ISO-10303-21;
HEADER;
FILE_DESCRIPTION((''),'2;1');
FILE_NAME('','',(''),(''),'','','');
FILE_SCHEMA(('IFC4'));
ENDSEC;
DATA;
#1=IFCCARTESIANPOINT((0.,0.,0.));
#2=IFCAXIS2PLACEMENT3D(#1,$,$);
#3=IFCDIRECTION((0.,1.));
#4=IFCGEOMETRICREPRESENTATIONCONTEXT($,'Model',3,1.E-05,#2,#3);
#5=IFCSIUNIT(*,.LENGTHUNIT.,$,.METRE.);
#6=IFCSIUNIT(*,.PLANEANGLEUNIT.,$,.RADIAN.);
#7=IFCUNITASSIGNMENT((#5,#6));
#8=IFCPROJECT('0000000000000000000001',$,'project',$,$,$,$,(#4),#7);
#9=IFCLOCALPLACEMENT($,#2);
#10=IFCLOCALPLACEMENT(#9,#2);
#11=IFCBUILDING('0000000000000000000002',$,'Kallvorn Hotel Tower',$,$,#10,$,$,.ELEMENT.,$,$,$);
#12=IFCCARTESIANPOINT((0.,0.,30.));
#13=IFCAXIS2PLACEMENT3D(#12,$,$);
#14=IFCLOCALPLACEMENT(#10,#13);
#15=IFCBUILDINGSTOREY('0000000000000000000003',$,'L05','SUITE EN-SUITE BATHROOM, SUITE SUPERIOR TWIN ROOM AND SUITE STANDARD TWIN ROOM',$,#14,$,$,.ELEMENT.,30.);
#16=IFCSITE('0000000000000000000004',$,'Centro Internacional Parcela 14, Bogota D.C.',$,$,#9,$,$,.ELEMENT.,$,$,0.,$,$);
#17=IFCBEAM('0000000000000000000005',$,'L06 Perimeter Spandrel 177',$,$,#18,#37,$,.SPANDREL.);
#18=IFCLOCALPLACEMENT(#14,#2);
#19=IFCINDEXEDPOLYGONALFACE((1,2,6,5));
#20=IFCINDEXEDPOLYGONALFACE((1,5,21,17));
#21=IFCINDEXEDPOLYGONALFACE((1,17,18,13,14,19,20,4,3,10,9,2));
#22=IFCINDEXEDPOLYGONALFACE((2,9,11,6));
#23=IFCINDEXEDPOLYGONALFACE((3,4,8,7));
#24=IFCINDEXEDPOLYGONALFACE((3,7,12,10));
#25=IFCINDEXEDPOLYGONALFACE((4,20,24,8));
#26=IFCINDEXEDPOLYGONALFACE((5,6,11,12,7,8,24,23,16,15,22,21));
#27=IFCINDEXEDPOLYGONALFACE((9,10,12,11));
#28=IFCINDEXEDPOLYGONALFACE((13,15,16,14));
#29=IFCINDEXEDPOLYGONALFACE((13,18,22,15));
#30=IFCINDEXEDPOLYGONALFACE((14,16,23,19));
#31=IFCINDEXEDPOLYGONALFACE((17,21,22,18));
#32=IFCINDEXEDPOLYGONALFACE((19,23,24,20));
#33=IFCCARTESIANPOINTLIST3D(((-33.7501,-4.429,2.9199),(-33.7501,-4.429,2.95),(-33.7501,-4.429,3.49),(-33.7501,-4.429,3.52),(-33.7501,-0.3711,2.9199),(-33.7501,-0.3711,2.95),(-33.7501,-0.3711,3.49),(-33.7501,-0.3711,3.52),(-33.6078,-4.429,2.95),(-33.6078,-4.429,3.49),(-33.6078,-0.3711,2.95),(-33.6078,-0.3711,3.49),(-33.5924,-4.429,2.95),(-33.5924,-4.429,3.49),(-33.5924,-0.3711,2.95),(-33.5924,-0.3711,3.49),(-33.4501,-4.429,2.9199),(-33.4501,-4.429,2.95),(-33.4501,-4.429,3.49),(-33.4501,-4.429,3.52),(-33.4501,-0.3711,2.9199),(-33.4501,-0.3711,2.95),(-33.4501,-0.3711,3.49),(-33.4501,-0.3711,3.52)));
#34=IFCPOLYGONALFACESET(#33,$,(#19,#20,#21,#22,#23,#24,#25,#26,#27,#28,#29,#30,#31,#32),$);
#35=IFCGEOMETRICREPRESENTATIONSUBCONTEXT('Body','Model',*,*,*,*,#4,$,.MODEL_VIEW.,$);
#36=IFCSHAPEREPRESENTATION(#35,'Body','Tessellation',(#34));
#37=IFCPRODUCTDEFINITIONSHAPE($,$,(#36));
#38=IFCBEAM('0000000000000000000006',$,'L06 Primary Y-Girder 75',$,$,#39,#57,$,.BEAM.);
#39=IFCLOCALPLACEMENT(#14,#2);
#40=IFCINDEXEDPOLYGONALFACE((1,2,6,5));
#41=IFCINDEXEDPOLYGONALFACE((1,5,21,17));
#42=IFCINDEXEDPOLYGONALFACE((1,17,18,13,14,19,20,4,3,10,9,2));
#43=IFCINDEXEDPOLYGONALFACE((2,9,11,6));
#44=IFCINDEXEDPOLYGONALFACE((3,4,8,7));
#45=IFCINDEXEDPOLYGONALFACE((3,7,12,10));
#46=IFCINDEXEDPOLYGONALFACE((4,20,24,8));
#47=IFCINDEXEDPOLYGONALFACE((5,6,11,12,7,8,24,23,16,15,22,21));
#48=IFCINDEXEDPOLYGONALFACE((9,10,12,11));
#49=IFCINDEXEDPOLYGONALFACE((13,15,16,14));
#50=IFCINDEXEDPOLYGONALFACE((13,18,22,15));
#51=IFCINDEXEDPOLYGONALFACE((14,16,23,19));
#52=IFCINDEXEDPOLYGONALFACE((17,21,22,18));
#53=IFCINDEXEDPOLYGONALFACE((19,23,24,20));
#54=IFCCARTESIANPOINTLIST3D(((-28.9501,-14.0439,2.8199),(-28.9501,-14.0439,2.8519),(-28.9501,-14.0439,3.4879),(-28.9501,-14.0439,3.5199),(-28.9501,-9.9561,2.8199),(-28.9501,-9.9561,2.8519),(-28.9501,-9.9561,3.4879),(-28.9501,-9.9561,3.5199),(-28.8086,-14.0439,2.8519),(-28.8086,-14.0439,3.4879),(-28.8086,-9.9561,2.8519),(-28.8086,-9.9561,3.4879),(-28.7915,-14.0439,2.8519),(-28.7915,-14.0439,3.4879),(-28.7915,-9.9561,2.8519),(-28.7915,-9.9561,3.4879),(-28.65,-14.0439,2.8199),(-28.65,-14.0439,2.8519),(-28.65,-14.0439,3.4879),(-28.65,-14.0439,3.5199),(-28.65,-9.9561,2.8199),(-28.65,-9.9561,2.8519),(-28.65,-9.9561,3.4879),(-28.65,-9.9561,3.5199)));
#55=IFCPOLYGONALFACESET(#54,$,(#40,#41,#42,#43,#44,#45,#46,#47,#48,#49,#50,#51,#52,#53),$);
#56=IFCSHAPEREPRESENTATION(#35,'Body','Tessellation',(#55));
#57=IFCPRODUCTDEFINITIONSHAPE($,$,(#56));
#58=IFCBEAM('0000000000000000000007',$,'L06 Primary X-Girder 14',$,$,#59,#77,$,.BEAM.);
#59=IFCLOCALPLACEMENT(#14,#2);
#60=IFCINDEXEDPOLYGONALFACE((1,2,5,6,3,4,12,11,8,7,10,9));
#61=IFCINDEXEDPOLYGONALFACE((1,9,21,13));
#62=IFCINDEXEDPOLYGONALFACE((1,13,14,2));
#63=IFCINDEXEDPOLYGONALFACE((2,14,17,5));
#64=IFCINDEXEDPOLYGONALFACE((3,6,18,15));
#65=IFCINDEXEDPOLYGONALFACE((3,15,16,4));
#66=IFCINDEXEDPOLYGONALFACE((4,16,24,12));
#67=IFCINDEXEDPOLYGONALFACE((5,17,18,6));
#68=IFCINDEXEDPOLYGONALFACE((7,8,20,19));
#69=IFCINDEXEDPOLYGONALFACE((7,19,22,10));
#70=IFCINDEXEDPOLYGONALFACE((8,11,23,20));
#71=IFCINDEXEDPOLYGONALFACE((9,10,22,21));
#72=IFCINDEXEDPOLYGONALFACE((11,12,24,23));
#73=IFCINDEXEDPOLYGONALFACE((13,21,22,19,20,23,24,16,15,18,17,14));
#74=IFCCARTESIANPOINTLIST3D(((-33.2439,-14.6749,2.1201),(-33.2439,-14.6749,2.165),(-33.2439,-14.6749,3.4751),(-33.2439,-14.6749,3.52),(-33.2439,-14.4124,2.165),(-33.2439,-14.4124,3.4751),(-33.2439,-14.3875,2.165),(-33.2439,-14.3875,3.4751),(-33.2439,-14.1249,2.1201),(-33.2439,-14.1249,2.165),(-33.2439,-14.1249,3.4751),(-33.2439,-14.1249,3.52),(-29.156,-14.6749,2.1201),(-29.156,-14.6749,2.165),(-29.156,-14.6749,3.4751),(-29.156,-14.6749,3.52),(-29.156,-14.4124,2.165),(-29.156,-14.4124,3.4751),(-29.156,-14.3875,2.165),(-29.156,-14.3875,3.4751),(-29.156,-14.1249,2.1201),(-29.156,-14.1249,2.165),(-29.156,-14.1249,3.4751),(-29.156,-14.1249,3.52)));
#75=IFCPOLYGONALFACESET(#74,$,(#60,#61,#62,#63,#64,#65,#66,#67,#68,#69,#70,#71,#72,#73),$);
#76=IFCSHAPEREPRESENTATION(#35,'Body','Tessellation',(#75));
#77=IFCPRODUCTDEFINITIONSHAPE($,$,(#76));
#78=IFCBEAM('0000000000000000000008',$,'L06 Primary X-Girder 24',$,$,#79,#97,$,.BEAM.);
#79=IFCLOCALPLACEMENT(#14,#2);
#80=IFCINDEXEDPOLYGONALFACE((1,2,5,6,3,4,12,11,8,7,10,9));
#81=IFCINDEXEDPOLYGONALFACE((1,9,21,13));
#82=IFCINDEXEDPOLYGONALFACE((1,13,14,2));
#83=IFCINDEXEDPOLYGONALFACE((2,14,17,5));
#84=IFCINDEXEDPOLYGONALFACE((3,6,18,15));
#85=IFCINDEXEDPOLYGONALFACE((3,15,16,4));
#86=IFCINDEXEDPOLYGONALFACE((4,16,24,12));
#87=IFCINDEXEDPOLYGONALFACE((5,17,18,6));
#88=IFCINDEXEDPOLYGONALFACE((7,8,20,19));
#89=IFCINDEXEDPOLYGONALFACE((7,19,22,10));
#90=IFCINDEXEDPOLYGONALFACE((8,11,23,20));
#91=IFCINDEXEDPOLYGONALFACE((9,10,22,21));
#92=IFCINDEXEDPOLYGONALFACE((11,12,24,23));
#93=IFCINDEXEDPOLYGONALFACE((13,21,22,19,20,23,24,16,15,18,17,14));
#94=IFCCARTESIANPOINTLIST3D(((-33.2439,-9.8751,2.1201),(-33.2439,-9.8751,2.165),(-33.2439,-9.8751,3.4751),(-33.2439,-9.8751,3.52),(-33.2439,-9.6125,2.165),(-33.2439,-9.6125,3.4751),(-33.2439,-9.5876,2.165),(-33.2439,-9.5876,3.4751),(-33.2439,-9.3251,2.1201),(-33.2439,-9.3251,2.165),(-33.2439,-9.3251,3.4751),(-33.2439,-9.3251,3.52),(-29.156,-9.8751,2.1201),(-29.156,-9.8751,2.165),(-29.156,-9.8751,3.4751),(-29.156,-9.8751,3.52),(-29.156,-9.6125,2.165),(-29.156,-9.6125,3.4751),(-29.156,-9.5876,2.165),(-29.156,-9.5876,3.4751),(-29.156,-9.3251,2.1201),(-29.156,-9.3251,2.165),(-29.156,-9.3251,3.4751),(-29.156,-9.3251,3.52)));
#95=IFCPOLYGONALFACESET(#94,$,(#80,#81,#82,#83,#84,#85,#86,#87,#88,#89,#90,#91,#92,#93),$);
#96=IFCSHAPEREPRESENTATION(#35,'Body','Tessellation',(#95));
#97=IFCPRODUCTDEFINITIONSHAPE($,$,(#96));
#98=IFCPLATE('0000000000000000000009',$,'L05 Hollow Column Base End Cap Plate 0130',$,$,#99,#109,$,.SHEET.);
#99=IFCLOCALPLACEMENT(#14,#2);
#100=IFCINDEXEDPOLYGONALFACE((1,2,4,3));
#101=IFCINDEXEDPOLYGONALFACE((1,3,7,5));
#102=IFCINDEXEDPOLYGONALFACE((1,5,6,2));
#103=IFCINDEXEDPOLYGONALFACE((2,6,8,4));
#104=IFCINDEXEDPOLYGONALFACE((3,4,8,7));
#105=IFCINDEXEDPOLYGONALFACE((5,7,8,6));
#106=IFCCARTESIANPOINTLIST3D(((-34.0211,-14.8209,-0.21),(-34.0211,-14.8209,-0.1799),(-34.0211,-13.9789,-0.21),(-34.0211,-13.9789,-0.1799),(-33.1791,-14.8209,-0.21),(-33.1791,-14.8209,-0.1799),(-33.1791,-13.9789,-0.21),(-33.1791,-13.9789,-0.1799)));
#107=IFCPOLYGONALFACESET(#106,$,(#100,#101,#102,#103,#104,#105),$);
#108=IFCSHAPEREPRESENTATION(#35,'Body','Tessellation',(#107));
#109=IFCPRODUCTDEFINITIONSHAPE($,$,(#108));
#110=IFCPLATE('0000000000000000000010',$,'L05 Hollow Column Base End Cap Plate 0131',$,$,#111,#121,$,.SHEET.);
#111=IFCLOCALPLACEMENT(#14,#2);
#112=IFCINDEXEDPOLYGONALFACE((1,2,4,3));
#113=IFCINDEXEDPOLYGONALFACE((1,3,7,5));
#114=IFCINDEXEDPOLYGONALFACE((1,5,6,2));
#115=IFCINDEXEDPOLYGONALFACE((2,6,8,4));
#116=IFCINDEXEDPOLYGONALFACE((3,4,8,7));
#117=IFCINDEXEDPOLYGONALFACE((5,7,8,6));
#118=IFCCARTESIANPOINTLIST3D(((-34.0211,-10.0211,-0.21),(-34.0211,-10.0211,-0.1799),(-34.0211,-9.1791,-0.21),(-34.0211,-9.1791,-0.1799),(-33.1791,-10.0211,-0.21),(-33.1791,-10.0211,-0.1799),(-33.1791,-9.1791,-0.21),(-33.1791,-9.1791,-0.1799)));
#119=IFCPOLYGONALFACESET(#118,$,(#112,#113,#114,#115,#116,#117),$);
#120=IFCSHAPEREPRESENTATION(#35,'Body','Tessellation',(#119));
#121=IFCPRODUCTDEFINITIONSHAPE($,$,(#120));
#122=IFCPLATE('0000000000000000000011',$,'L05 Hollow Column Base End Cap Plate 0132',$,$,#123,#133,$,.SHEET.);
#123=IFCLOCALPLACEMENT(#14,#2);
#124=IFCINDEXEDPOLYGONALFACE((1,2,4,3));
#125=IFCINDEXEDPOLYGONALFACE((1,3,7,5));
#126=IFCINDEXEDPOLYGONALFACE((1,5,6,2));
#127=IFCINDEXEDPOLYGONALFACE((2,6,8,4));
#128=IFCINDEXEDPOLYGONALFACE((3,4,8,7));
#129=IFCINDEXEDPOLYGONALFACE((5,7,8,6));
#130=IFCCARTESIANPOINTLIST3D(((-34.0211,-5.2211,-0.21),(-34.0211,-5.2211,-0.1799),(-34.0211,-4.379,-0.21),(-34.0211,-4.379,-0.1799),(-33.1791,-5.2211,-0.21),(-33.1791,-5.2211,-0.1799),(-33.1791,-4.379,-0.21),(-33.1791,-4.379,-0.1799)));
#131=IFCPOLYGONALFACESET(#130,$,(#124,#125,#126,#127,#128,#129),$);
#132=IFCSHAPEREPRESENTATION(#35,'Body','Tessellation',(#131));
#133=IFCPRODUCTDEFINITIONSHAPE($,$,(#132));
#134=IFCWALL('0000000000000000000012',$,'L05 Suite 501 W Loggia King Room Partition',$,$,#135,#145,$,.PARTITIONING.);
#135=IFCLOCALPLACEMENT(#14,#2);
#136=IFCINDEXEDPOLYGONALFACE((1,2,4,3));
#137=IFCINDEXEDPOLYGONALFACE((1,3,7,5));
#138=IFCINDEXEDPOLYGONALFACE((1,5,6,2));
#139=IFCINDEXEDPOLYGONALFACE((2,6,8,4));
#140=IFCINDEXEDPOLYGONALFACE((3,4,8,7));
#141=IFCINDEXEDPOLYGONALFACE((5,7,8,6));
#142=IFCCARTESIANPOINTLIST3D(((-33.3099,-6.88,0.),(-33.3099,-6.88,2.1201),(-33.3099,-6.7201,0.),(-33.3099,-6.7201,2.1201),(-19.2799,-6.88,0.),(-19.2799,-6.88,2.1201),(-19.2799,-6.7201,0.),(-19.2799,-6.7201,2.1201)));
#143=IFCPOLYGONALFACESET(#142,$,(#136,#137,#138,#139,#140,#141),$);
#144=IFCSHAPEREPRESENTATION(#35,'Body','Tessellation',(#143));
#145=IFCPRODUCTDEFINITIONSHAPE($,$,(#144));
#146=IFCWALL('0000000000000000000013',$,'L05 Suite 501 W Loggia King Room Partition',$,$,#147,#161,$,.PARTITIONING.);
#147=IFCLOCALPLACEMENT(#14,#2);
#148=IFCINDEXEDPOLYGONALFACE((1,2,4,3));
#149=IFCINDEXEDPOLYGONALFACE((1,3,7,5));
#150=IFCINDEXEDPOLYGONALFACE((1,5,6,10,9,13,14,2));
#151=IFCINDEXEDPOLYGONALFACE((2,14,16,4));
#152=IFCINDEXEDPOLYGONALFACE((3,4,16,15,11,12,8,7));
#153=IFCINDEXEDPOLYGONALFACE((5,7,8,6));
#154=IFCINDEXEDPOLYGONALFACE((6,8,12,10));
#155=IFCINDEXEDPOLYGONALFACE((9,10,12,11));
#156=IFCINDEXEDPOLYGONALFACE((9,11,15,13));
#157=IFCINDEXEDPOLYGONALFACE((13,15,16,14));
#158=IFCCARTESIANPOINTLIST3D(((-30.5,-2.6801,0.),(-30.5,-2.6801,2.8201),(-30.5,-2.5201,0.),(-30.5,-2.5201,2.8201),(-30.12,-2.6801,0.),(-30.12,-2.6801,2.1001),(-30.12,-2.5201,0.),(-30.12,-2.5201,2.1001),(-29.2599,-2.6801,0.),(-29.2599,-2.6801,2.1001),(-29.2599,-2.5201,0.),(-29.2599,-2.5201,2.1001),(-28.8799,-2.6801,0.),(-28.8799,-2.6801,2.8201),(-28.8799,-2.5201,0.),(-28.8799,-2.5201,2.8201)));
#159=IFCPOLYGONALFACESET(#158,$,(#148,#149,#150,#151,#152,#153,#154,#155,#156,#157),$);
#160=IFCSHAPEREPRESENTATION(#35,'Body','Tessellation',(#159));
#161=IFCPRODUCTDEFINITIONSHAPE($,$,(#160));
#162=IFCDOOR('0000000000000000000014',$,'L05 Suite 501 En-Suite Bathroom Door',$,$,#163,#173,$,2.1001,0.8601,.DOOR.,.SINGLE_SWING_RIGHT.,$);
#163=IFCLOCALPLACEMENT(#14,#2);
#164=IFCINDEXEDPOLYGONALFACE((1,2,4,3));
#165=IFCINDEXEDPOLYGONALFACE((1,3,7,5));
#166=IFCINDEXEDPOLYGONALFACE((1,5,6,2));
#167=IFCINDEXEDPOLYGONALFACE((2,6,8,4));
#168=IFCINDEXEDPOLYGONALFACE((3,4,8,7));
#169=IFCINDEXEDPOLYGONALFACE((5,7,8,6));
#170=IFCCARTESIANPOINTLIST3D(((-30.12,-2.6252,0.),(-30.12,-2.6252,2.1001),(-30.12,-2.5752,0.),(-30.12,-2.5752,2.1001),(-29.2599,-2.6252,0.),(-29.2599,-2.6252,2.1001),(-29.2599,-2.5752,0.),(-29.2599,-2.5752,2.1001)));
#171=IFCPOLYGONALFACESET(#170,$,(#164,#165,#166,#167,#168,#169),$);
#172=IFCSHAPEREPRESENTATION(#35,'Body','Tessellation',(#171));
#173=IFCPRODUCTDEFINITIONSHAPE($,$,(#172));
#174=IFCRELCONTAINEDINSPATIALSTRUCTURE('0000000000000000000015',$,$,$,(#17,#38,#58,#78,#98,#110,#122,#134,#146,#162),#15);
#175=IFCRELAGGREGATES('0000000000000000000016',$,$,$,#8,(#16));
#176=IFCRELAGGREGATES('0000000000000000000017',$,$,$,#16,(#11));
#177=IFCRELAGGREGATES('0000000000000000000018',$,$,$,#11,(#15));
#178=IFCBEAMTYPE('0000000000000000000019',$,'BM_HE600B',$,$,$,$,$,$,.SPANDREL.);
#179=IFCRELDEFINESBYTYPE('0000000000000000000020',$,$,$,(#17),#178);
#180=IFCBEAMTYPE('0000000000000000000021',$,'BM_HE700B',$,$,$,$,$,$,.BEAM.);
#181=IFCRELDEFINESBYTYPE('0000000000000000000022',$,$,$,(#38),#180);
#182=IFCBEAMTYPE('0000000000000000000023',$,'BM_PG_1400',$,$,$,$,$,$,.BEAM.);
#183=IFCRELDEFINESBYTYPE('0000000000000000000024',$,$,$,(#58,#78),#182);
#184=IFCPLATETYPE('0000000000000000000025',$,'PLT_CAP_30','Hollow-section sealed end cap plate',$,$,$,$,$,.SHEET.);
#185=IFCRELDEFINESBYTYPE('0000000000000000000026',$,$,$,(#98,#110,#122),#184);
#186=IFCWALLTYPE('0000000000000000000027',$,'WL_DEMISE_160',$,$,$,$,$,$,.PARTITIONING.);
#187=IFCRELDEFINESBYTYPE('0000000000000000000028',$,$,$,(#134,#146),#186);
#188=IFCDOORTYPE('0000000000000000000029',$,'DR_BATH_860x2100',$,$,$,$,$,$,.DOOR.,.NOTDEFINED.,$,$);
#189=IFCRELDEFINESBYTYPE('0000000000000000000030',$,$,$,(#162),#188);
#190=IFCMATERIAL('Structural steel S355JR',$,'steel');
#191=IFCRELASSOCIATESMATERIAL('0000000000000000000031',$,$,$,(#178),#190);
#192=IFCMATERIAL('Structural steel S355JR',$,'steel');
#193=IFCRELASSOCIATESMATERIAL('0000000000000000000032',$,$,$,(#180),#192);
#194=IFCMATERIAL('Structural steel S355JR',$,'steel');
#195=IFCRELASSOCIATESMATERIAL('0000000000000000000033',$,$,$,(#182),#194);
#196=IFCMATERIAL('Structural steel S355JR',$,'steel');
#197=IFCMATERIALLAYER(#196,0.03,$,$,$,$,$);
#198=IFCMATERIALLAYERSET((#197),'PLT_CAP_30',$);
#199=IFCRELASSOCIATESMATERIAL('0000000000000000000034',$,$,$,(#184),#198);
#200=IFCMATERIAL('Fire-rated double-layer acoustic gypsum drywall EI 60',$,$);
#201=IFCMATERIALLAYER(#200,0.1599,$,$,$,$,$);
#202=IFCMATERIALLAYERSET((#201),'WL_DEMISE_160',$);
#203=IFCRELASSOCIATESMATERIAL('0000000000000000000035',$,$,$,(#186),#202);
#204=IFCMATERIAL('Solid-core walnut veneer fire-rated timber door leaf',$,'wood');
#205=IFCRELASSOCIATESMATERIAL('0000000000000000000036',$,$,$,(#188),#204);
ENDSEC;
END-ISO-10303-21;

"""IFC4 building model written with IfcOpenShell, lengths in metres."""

from ifc_helpers import new_model, si_unit, direction, frame, frame_2d, origin, origin_2d, place, context, subcontext, project, spatial, rectangle, i_section, extrude, material, layer, layer_set, material_profile, profile_set, type_object, element, fill, save


model = new_model("IFC4")

# Units and contexts
model_context = context("Model", 3, precision=1e-05, world=origin(), true_north=direction((0.0, 1.0)))
body_context = subcontext(model_context, "Body", "Model", "MODEL_VIEW")
ifc_project = project(units=[si_unit("LENGTHUNIT", "METRE"), si_unit("PLANEANGLEUNIT", "RADIAN")], contexts=[model_context])

# Site, building, storey
site_placement = place(None, origin())
site = spatial("IfcSite", under=ifc_project, at=site_placement, Name="Centro Internacional Parcela 14, Bogota D.C.", CompositionType="ELEMENT", RefElevation=0.0)
building_placement = place(site_placement, origin())
building = spatial("IfcBuilding", under=site, at=building_placement, Name="Kallvorn Hotel Tower", CompositionType="ELEMENT")
storey_placement = place(building_placement, frame((0.0, 0.0, 30.0)))
storey = spatial("IfcBuildingStorey", under=building, at=storey_placement, Name="L05", Description="SUITE EN-SUITE BATHROOM, SUITE SUPERIOR TWIN ROOM AND SUITE STANDARD TWIN ROOM", CompositionType="ELEMENT", Elevation=30.0)

# Beams
ifc_material_1 = material(Name="Structural steel S355JR", Category="steel")
ifc_material_profile_1 = material_profile(ifc_material_1, i_section(OverallWidth=0.3, OverallDepth=0.6001, WebThickness=0.0154, FlangeThickness=0.03, at=origin_2d()), Name="HE 600 B")
ifc_profile_set_1 = profile_set([ifc_material_profile_1], Name="Structural steel S355JR")
beam_type_1 = type_object("IfcBeamType", Name="BM_HE600B", PredefinedType="SPANDREL", material=ifc_profile_set_1)
beam_1_placement = place(storey_placement, frame((-33.6001, -4.429, 3.22), z_axis=(0.0, 1.0, 0.0), x_axis=(-1.0, 0.0, 0.0)))
element("IfcBeam", 1, at=beam_1_placement, inside=storey, type_object=beam_type_1, Name="L06 Perimeter Spandrel 177", PredefinedType="SPANDREL", context=body_context, shape_type="SweptSolid", body=[
    extrude(i_section(OverallWidth=0.3, OverallDepth=0.6001, WebThickness=0.0154, FlangeThickness=0.03, at=origin_2d()), origin(), (0.0, 0.0, 1.0), 4.0579),
])
ifc_material_2 = material(Name="Structural steel S355JR", Category="steel")
ifc_material_profile_2 = material_profile(ifc_material_2, i_section(OverallWidth=0.3, OverallDepth=0.7, WebThickness=0.0171, FlangeThickness=0.032, at=origin_2d()), Name="HE 700 B")
ifc_profile_set_2 = profile_set([ifc_material_profile_2], Name="Structural steel S355JR")
beam_type_2 = type_object("IfcBeamType", Name="BM_HE700B", PredefinedType="BEAM", material=ifc_profile_set_2)
beam_2_placement = place(storey_placement, frame((-28.8, -14.0439, 3.1699), z_axis=(0.0, 1.0, 0.0), x_axis=(-1.0, 0.0, 0.0)))
element("IfcBeam", 2, at=beam_2_placement, inside=storey, type_object=beam_type_2, Name="L06 Primary Y-Girder 75", PredefinedType="BEAM", context=body_context, shape_type="SweptSolid", body=[
    extrude(i_section(OverallWidth=0.3, OverallDepth=0.7, WebThickness=0.0171, FlangeThickness=0.032, at=origin_2d()), origin(), (0.0, 0.0, 1.0), 4.0879),
])
ifc_material_3 = material(Name="Structural steel S355JR", Category="steel")
ifc_material_profile_3 = material_profile(ifc_material_3, i_section(OverallWidth=0.55, OverallDepth=1.3999, WebThickness=0.0249, FlangeThickness=0.0449, at=origin_2d()), Name="PG 1400x550x25x45")
ifc_profile_set_3 = profile_set([ifc_material_profile_3], Name="Structural steel S355JR")
beam_type_3 = type_object("IfcBeamType", Name="BM_PG_1400", PredefinedType="BEAM", material=ifc_profile_set_3)
for number, where, z_axis, x_axis, name in (
    (3, (-33.2439, -14.3999, 2.8201), (1.0, 0.0, 0.0), (0.0, 1.0, 0.0), "L06 Primary X-Girder 14"),
    (4, (-33.2439, -9.6001, 2.8201), (1.0, 0.0, 0.0), (0.0, 1.0, 0.0), "L06 Primary X-Girder 24"),
):
    element("IfcBeam", number, at=place(storey_placement, frame(where, z_axis=z_axis, x_axis=x_axis)), inside=storey, type_object=beam_type_3, Name=name, PredefinedType="BEAM", context=body_context, shape_type="SweptSolid", body=[
        extrude(i_section(OverallWidth=0.55, OverallDepth=1.3999, WebThickness=0.0249, FlangeThickness=0.0449, at=origin_2d()), origin(), (0.0, 0.0, 1.0), 4.0879),
    ])

# Plates
ifc_material_4 = material(Name="Structural steel S355JR", Category="steel")
ifc_layer_1 = layer(ifc_material_4, 0.03)
ifc_layer_set_1 = layer_set([ifc_layer_1], Name="PLT_CAP_30")
plate_type = type_object("IfcPlateType", Name="PLT_CAP_30", Description="Hollow-section sealed end cap plate", PredefinedType="SHEET", material=ifc_layer_set_1)
for number, where, z_axis, x_axis, name in (
    (5, (-33.6001, -14.3999, -0.21), (0.0, 0.0, 1.0), (1.0, 0.0, 0.0), "L05 Hollow Column Base End Cap Plate 0130"),
    (6, (-33.6001, -9.6001, -0.21), (0.0, 0.0, 1.0), (1.0, 0.0, 0.0), "L05 Hollow Column Base End Cap Plate 0131"),
    (7, (-33.6001, -4.8, -0.21), (0.0, 0.0, 1.0), (1.0, 0.0, 0.0), "L05 Hollow Column Base End Cap Plate 0132"),
):
    element("IfcPlate", number, at=place(storey_placement, frame(where, z_axis=z_axis, x_axis=x_axis)), inside=storey, type_object=plate_type, Name=name, PredefinedType="SHEET", context=body_context, shape_type="SweptSolid", body=[
        extrude(rectangle(XDim=0.842, YDim=0.842, at=origin_2d()), origin(), (0.0, 0.0, 1.0), 0.03),
    ])

# Shared definitions
ifc_material_5 = material(Name="Fire-rated double-layer acoustic gypsum drywall EI 60")
ifc_layer_2 = layer(ifc_material_5, 0.1599)
ifc_layer_set_2 = layer_set([ifc_layer_2], Name="WL_DEMISE_160")
wall_type = type_object("IfcWallType", Name="WL_DEMISE_160", PredefinedType="PARTITIONING", material=ifc_layer_set_2)

# Wall
wall_1_placement = place(storey_placement, frame((-33.3101, -6.8, 0.0), z_axis=(0.0, 0.0, 1.0), x_axis=(1.0, 0.0, 0.0)))
element("IfcWall", 8, at=wall_1_placement, inside=storey, type_object=wall_type, Name="L05 Suite 501 W Loggia King Room Partition", PredefinedType="PARTITIONING", context=body_context, shape_type="SweptSolid", body=[
    extrude(rectangle(XDim=14.03, YDim=0.1599, at=frame_2d((7.0151, 0.0))), origin(), (0.0, 0.0, 1.0), 2.1201),
])

# Wall, opening, door
wall_2_placement = place(storey_placement, frame((-30.5, -2.6001, 0.0), z_axis=(0.0, 0.0, 1.0), x_axis=(1.0, 0.0, 0.0)))
wall_2 = element("IfcWall", 9, at=wall_2_placement, inside=storey, type_object=wall_type, Name="L05 Suite 501 W Loggia King Room Partition", PredefinedType="PARTITIONING", context=body_context, shape_type="SweptSolid", body=[
    extrude(rectangle(XDim=1.6201, YDim=0.1599, at=frame_2d((0.8101, 0.0))), origin(), (0.0, 0.0, 1.0), 2.8201),
])
opening_1_placement = place(wall_2_placement, frame((0.3799, 0.0, 0.0)))
opening_1 = element("IfcOpeningElement", 10, at=opening_1_placement, cuts=wall_2, PredefinedType="OPENING", context=body_context, shape_type="SweptSolid", body=[
    extrude(rectangle(XDim=0.8601, YDim=2.1001, at=frame_2d((0.4302, 1.05))), frame((0.0, 0.095, 0.0), z_axis=(0.0, -1.0, 0.0), x_axis=(1.0, 0.0, 0.0)), (0.0, 0.0, 1.0), 0.1899),
])
ifc_material_6 = material(Name="Solid-core walnut veneer fire-rated timber door leaf", Category="wood")
door_type_1 = type_object("IfcDoorType", Name="DR_BATH_860x2100", OperationType="NOTDEFINED", PredefinedType="DOOR", material=ifc_material_6)
door_1_placement = place(opening_1_placement, origin())
door_1 = element("IfcDoor", 11, at=door_1_placement, inside=storey, type_object=door_type_1, Name="L05 Suite 501 En-Suite Bathroom Door", OperationType="SINGLE_SWING_RIGHT", OverallHeight=2.1001, OverallWidth=0.8601, PredefinedType="DOOR", context=body_context, shape_type="SweptSolid", body=[
    extrude(rectangle(XDim=0.8601, YDim=2.1001, at=frame_2d((0.4302, 1.05))), frame((0.0, 0.0249, 0.0), z_axis=(0.0, -1.0, 0.0), x_axis=(1.0, 0.0, 0.0)), (0.0, 0.0, 1.0), 0.05),
])
fill(opening_1, door_1)

save(model, "model.ifc")
